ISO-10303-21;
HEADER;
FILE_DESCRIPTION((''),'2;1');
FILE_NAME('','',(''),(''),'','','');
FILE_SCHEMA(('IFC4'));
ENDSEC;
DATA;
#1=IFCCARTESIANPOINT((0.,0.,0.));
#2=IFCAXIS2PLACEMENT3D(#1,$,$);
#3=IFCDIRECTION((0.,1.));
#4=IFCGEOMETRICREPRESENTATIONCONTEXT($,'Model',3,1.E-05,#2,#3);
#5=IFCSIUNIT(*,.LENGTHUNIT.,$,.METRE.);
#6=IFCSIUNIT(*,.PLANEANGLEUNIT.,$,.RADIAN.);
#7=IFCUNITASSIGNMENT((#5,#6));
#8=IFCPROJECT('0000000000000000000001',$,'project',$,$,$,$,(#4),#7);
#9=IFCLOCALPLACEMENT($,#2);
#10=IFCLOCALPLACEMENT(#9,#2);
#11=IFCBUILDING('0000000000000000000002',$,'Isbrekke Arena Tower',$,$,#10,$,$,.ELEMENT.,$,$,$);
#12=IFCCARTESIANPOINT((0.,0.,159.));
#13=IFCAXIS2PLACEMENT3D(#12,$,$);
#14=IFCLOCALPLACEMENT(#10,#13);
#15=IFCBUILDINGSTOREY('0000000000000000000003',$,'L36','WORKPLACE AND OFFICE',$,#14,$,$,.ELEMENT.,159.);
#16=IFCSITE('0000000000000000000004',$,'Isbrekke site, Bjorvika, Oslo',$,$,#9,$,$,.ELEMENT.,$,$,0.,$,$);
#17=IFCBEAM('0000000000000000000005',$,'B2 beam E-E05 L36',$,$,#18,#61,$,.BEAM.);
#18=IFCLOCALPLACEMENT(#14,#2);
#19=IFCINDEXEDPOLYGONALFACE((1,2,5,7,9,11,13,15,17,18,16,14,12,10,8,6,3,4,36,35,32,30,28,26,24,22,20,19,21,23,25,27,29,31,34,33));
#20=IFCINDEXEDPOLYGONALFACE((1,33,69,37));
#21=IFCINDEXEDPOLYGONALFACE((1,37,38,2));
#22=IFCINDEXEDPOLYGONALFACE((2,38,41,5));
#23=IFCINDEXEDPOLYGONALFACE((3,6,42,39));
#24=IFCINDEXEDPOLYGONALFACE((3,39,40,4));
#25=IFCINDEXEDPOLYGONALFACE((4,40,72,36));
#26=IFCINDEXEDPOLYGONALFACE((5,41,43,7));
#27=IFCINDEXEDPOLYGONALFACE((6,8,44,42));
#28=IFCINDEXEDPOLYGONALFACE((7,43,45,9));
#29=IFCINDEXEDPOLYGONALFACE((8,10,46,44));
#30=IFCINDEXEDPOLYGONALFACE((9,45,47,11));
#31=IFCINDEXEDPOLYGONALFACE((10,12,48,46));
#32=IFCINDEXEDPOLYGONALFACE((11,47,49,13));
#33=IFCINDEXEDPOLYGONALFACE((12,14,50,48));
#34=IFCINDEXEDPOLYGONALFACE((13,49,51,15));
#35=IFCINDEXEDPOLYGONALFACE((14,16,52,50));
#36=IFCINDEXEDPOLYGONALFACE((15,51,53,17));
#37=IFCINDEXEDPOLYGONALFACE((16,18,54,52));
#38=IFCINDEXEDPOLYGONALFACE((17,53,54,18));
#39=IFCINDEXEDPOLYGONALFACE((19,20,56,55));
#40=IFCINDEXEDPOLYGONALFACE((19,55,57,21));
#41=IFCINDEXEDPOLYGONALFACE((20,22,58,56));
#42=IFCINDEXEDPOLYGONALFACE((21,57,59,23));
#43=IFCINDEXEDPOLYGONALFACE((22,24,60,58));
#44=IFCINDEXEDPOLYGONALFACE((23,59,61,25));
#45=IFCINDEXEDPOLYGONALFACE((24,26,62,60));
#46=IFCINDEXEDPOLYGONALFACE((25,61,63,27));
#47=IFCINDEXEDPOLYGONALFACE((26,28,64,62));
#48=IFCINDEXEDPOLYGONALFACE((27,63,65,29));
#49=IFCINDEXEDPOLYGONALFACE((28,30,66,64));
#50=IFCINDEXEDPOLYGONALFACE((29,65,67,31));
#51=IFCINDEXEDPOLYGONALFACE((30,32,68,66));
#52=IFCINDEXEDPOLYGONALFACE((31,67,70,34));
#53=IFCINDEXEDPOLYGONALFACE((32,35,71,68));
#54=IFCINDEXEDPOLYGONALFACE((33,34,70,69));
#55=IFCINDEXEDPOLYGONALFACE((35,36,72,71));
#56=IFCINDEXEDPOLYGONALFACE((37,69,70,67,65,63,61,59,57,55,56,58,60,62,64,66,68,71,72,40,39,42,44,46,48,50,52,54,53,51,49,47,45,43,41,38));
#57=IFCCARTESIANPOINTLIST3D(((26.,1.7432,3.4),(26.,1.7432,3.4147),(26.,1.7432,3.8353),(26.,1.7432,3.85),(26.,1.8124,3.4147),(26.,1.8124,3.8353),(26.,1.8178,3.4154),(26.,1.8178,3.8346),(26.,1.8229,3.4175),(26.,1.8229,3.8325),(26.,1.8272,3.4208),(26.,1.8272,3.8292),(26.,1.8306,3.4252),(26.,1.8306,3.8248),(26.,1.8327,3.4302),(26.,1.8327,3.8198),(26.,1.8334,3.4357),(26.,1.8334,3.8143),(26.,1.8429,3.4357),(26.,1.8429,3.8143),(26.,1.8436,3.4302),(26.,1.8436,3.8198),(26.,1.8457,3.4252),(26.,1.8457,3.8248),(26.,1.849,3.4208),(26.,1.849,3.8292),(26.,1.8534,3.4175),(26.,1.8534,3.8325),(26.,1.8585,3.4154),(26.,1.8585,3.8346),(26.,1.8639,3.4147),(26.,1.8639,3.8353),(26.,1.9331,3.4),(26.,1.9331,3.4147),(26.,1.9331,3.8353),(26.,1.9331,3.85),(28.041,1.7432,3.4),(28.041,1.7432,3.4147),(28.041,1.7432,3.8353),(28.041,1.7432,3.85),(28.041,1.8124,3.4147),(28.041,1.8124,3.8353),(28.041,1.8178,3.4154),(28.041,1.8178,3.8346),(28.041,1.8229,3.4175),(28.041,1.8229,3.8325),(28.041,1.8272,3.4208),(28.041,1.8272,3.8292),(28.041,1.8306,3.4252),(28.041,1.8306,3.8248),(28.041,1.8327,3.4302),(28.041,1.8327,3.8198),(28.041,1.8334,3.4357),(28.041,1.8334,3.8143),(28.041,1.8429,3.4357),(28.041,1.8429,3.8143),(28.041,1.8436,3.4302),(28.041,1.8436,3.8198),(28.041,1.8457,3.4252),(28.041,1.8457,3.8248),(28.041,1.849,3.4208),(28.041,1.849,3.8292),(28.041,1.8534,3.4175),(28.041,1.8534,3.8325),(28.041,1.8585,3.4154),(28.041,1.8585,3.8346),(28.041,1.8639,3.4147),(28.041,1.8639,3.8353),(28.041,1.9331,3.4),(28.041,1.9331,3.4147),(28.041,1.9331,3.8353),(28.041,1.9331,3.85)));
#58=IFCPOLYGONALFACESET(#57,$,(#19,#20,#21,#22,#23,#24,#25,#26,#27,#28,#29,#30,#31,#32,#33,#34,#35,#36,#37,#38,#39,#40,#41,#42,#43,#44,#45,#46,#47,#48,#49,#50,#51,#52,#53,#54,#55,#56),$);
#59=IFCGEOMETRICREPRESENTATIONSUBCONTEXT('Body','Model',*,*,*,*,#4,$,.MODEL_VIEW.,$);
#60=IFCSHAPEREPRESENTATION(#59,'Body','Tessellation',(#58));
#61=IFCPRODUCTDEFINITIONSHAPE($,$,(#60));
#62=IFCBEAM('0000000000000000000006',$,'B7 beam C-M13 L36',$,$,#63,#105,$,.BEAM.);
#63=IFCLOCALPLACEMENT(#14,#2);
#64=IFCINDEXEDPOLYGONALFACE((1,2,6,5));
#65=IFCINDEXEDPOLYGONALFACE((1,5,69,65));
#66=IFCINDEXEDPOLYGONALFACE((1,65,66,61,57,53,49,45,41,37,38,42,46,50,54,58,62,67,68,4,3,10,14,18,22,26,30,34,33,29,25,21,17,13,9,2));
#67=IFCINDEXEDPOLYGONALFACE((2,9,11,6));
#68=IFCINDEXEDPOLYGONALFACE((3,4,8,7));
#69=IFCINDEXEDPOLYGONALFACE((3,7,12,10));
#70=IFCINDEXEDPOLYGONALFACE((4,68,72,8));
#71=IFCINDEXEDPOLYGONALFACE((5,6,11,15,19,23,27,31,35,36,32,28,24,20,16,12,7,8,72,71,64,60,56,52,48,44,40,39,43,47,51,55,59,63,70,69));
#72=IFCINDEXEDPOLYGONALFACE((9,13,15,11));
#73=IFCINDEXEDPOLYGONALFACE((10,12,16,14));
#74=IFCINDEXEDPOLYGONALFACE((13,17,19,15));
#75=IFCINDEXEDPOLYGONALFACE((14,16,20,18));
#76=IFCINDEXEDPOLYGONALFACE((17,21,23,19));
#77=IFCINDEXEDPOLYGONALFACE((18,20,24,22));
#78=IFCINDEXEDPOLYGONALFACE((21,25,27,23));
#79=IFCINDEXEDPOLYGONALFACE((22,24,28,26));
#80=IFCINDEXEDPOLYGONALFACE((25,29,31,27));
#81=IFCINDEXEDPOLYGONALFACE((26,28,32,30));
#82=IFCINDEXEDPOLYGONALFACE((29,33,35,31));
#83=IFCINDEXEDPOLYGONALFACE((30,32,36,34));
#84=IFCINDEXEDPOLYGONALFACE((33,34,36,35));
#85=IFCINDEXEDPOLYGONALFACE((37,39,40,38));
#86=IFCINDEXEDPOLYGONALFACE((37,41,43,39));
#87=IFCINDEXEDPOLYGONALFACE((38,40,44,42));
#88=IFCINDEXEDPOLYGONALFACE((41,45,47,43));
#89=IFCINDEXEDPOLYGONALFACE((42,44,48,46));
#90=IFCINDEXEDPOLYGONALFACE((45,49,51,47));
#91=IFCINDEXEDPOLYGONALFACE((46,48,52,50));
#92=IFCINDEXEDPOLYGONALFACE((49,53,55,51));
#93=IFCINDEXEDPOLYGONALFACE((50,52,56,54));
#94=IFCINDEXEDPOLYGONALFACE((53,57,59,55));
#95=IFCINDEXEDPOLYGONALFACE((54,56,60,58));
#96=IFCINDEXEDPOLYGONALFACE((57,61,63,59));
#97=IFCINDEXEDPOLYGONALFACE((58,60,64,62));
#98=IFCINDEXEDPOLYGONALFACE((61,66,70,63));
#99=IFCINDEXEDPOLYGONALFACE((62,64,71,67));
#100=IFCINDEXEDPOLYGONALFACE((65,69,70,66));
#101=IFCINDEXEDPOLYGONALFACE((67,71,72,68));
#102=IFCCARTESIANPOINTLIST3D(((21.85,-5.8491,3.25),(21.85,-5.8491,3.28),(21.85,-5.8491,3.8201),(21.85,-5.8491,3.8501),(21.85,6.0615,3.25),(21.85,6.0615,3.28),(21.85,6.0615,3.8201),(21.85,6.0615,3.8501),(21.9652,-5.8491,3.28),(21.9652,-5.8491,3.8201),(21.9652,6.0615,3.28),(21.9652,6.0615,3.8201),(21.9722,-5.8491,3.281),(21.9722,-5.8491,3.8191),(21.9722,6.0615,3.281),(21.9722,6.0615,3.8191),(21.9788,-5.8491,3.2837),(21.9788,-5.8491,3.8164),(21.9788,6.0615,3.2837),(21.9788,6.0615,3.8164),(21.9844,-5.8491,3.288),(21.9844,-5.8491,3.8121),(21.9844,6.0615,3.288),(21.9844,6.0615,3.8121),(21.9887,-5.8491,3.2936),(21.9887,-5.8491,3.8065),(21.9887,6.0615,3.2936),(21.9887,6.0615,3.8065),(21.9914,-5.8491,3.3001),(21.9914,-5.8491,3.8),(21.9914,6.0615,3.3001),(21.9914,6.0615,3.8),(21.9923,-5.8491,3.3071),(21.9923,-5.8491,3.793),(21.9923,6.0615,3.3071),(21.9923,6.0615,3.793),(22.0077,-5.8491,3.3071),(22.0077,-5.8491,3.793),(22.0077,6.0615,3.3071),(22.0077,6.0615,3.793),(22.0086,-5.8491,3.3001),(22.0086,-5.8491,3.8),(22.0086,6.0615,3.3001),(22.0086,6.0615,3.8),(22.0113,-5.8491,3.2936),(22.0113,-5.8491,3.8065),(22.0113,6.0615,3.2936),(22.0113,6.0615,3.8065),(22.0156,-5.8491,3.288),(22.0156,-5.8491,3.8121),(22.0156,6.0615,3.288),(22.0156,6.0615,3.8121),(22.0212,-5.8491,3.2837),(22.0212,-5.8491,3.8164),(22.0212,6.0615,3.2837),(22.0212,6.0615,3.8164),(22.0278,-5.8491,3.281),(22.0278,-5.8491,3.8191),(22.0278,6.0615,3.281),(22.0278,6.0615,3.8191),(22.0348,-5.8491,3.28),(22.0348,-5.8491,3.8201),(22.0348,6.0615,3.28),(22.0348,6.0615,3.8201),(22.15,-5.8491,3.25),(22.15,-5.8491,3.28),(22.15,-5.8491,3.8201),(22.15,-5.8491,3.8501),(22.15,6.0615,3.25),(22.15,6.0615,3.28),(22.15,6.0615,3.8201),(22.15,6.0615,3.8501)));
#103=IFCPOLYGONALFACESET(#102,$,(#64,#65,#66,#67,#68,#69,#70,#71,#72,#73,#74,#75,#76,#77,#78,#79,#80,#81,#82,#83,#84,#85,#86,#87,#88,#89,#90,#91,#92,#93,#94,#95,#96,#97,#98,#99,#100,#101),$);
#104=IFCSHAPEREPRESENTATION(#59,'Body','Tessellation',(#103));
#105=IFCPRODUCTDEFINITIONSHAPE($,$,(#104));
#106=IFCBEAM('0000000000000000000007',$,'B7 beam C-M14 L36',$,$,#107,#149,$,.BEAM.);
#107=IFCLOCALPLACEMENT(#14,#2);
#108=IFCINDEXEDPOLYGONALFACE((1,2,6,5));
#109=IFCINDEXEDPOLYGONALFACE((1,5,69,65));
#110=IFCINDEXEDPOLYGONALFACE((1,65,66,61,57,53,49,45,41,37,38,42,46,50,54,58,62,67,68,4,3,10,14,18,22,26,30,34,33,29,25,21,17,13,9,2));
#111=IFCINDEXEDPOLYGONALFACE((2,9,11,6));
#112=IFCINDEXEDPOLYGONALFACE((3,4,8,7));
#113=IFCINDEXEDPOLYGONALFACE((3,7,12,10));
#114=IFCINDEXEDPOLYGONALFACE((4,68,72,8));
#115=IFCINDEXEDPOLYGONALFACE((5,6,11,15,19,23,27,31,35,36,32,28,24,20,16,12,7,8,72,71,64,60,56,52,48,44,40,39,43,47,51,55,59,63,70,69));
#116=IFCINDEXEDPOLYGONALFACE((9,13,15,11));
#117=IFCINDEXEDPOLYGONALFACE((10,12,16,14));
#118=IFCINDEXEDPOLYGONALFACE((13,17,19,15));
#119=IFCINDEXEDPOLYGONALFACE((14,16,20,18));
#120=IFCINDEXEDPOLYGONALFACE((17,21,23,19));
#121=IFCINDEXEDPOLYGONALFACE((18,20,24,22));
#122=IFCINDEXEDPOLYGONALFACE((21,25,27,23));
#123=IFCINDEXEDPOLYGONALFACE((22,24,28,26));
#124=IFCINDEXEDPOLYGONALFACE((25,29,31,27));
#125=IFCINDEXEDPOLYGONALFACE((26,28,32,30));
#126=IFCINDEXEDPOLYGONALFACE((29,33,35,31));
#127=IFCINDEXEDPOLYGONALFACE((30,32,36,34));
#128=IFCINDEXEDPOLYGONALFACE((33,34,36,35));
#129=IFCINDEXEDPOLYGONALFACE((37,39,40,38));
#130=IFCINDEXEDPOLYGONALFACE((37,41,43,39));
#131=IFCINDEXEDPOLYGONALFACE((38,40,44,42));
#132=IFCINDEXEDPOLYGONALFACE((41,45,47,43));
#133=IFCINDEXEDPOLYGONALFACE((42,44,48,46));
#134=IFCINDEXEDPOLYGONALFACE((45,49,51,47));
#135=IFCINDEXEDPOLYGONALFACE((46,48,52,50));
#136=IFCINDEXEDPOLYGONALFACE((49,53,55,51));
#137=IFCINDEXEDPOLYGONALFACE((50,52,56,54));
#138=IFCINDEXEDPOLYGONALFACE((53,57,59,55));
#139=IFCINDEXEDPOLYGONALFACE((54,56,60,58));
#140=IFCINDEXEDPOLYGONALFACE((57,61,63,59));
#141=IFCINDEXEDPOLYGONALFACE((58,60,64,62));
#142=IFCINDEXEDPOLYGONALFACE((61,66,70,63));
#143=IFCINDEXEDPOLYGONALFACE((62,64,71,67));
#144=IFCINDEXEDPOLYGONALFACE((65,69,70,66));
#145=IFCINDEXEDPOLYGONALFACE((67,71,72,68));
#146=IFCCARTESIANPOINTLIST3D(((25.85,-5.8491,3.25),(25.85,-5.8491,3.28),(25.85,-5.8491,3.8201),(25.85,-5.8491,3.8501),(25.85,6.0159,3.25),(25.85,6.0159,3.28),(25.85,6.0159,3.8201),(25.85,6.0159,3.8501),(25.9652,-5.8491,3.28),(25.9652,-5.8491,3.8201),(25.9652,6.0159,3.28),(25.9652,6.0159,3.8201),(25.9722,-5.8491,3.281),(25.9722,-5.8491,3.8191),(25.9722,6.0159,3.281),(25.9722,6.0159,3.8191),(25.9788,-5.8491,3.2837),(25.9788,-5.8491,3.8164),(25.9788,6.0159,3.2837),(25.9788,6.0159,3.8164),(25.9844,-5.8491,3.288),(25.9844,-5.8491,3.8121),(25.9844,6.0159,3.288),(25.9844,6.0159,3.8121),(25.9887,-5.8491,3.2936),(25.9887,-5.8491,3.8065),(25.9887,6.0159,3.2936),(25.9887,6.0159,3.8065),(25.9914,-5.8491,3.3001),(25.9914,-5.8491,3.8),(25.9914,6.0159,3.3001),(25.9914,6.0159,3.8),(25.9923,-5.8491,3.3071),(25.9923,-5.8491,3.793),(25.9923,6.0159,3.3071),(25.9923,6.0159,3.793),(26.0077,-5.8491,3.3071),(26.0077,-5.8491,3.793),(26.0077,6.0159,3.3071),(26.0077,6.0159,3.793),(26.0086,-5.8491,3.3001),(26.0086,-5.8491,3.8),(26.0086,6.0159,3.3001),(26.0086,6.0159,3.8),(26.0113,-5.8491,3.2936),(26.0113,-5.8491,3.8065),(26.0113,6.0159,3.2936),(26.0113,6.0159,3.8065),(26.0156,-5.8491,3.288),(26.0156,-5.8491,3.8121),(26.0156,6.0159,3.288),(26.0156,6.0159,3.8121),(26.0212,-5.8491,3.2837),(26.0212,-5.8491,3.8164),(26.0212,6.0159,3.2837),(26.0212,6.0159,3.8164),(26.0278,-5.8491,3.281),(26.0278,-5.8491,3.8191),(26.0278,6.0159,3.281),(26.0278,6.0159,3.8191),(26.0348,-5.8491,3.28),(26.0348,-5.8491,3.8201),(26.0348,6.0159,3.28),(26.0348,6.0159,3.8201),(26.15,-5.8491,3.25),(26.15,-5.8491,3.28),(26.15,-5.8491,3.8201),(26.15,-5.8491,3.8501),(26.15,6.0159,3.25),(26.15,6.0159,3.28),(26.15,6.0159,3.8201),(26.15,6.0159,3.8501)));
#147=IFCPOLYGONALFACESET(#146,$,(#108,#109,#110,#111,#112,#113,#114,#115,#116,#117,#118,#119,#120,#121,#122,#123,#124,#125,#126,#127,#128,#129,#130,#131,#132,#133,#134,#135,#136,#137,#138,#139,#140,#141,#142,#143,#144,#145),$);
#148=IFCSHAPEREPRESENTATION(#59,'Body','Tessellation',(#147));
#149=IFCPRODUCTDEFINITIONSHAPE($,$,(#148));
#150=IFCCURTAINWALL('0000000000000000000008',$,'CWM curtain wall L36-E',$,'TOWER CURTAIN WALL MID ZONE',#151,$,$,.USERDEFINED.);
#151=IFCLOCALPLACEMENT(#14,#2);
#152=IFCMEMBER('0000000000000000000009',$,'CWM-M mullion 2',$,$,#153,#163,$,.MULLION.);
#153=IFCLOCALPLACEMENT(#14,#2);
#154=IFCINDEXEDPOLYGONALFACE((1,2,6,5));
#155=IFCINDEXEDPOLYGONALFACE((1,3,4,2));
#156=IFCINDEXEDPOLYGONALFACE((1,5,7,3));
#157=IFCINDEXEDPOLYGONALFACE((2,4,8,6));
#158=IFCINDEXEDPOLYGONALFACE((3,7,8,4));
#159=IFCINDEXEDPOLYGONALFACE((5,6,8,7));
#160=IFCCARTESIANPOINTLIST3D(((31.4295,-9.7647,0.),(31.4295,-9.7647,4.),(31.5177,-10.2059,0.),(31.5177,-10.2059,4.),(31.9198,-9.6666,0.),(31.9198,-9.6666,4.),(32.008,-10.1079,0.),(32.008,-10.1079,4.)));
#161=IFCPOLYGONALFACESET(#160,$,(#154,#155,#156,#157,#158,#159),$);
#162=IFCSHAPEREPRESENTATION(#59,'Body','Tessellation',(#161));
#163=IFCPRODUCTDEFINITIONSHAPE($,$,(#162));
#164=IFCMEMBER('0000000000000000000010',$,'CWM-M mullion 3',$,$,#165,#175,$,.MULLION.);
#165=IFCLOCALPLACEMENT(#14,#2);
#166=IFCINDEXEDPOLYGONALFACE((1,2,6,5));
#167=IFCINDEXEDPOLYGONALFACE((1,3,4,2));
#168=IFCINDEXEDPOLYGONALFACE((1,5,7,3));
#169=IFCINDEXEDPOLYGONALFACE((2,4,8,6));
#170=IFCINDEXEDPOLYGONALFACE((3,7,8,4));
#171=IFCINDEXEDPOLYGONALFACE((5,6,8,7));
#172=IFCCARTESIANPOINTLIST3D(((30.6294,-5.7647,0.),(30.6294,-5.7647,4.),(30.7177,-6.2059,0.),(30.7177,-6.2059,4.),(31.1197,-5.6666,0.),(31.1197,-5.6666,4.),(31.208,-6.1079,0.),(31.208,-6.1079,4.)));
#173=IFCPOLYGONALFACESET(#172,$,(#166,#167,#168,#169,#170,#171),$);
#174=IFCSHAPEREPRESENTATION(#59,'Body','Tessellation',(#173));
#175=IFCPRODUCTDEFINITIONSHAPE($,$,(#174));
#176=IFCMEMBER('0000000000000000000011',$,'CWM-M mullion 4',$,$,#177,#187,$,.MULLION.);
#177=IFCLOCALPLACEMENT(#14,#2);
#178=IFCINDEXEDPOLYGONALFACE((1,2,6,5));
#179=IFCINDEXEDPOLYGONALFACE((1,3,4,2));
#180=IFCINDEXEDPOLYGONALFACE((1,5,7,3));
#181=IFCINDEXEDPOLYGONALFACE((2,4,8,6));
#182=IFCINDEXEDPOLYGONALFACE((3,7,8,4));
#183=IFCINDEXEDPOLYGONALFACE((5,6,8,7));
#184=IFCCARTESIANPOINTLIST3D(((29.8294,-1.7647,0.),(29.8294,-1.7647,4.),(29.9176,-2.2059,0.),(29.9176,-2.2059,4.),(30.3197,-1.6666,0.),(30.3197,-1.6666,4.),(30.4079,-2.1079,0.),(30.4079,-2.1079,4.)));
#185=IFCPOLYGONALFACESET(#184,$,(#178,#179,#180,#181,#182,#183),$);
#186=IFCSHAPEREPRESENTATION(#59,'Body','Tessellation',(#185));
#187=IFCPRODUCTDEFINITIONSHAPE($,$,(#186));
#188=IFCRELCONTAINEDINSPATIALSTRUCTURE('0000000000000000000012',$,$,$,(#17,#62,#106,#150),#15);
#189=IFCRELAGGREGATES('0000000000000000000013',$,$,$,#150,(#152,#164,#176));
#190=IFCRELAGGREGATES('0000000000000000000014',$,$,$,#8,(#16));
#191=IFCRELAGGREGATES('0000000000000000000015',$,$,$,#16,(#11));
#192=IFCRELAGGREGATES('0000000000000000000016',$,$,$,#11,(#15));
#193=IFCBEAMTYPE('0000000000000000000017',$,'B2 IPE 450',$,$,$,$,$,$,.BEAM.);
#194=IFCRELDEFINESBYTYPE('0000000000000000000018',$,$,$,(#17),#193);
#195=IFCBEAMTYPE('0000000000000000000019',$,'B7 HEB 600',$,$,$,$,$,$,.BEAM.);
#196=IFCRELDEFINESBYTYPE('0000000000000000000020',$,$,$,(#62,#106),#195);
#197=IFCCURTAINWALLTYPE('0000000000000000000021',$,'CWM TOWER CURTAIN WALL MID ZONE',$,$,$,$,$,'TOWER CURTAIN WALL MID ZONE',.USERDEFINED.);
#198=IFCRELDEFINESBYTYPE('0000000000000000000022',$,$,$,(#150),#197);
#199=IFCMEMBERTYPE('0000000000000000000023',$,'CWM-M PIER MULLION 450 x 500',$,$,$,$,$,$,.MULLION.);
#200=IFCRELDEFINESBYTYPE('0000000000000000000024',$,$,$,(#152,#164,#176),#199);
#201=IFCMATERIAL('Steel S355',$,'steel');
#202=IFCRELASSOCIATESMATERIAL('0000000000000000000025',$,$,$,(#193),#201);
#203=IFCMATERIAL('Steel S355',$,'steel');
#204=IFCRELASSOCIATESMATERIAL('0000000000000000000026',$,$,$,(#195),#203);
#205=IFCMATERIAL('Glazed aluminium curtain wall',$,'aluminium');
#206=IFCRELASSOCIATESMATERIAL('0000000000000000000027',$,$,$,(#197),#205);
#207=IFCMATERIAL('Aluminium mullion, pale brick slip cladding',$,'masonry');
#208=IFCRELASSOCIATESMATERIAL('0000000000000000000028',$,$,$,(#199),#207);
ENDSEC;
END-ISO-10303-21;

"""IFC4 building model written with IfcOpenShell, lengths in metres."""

from ifc_helpers import new_model, si_unit, direction, frame, origin, origin_2d, place, context, subcontext, project, spatial, rectangle, i_section, extrude, material, material_profile, profile_set, type_object, element, aggregate, save


model = new_model("IFC4")

# Units and contexts
model_context = context("Model", 3, precision=1e-05, world=origin(), true_north=direction((0.0, 1.0)))
body_context = subcontext(model_context, "Body", "Model", "MODEL_VIEW")
ifc_project = project(units=[si_unit("LENGTHUNIT", "METRE"), si_unit("PLANEANGLEUNIT", "RADIAN")], contexts=[model_context])

# Site, building, storey
site_placement = place(None, origin())
site = spatial("IfcSite", under=ifc_project, at=site_placement, Name="Isbrekke site, Bjorvika, Oslo", CompositionType="ELEMENT", RefElevation=0.0)
building_placement = place(site_placement, origin())
building = spatial("IfcBuilding", under=site, at=building_placement, Name="Isbrekke Arena Tower", CompositionType="ELEMENT")
storey_placement = place(building_placement, frame((0.0, 0.0, 159.0)))
storey = spatial("IfcBuildingStorey", under=building, at=storey_placement, Name="L36", Description="WORKPLACE AND OFFICE", CompositionType="ELEMENT", Elevation=159.0)

# Beams
ifc_material_1 = material(Name="Steel S355", Category="steel")
ifc_material_profile_1 = material_profile(ifc_material_1, i_section(OverallWidth=0.1899, OverallDepth=0.45, WebThickness=0.0095, FlangeThickness=0.0146, FilletRadius=0.021, at=origin_2d()), Name="IPE 450")
ifc_profile_set_1 = profile_set([ifc_material_profile_1], Name="Steel S355")
beam_type_1 = type_object("IfcBeamType", Name="B2 IPE 450", PredefinedType="BEAM", material=ifc_profile_set_1)
beam_1_placement = place(storey_placement, frame((28.041, 1.8381, 3.625), z_axis=(-1.0, 0.0, 0.0), x_axis=(0.0, -1.0, 0.0)))
element("IfcBeam", 1, at=beam_1_placement, inside=storey, type_object=beam_type_1, Name="B2 beam E-E05 L36", PredefinedType="BEAM", context=body_context, shape_type="SweptSolid", body=[
    extrude(i_section(OverallWidth=0.1899, OverallDepth=0.45, WebThickness=0.0095, FlangeThickness=0.0146, FilletRadius=0.021, at=origin_2d()), origin(), (0.0, 0.0, 1.0), 2.041),
])
ifc_material_2 = material(Name="Steel S355", Category="steel")
ifc_material_profile_2 = material_profile(ifc_material_2, i_section(OverallWidth=0.3, OverallDepth=0.6001, WebThickness=0.0154, FlangeThickness=0.03, FilletRadius=0.0271, at=origin_2d()), Name="HEB 600")
ifc_profile_set_2 = profile_set([ifc_material_profile_2], Name="Steel S355")
beam_type_2 = type_object("IfcBeamType", Name="B7 HEB 600", PredefinedType="BEAM", material=ifc_profile_set_2)
beam_2_placement = place(storey_placement, frame((22.0, -5.8491, 3.55), z_axis=(0.0, 1.0, 0.0), x_axis=(-1.0, 0.0, 0.0)))
element("IfcBeam", 2, at=beam_2_placement, inside=storey, type_object=beam_type_2, Name="B7 beam C-M13 L36", PredefinedType="BEAM", context=body_context, shape_type="SweptSolid", body=[
    extrude(i_section(OverallWidth=0.3, OverallDepth=0.6001, WebThickness=0.0154, FlangeThickness=0.03, FilletRadius=0.0271, at=origin_2d()), origin(), (0.0, 0.0, 1.0), 11.9106),
])
beam_3_placement = place(storey_placement, frame((26.0, -5.8491, 3.55), z_axis=(0.0, 1.0, 0.0), x_axis=(-1.0, 0.0, 0.0)))
element("IfcBeam", 3, at=beam_3_placement, inside=storey, type_object=beam_type_2, Name="B7 beam C-M14 L36", PredefinedType="BEAM", context=body_context, shape_type="SweptSolid", body=[
    extrude(i_section(OverallWidth=0.3, OverallDepth=0.6001, WebThickness=0.0154, FlangeThickness=0.03, FilletRadius=0.0271, at=origin_2d()), origin(), (0.0, 0.0, 1.0), 11.865),
])

# Curtain wall, members
ifc_material_3 = material(Name="Glazed aluminium curtain wall", Category="aluminium")
curtain_wall_type = type_object("IfcCurtainWallType", Name="CWM TOWER CURTAIN WALL MID ZONE", ElementType="TOWER CURTAIN WALL MID ZONE", PredefinedType="USERDEFINED", material=ifc_material_3)
curtain_wall_placement = place(storey_placement, origin())
curtain_wall = element("IfcCurtainWall", 4, at=curtain_wall_placement, inside=storey, type_object=curtain_wall_type, Name="CWM curtain wall L36-E", ObjectType="TOWER CURTAIN WALL MID ZONE", PredefinedType="USERDEFINED")
ifc_material_4 = material(Name="Aluminium mullion, pale brick slip cladding", Category="masonry")
ifc_material_profile_3 = material_profile(ifc_material_4, rectangle(XDim=0.45, YDim=0.5, at=origin_2d()), Name="PIER 450X500")
ifc_profile_set_3 = profile_set([ifc_material_profile_3], Name="Aluminium mullion, pale brick slip cladding")
member_type_1 = type_object("IfcMemberType", Name="CWM-M PIER MULLION 450 x 500", PredefinedType="MULLION", material=ifc_profile_set_3)
member_1_placement = place(storey_placement, frame((31.7188, -9.9363, 0.0), z_axis=(0.0, 0.0, 1.0), x_axis=(-0.196116, 0.980581, 0.0)))
member_1 = element("IfcMember", 5, at=member_1_placement, type_object=member_type_1, Name="CWM-M mullion 2", PredefinedType="MULLION", context=body_context, shape_type="SweptSolid", body=[
    extrude(rectangle(XDim=0.45, YDim=0.5, at=origin_2d()), origin(), (0.0, 0.0, 1.0), 4.0),
])
member_2_placement = place(storey_placement, frame((30.9187, -5.9363, 0.0), z_axis=(0.0, 0.0, 1.0), x_axis=(-0.196116, 0.980581, 0.0)))
member_2 = element("IfcMember", 6, at=member_2_placement, type_object=member_type_1, Name="CWM-M mullion 3", PredefinedType="MULLION", context=body_context, shape_type="SweptSolid", body=[
    extrude(rectangle(XDim=0.45, YDim=0.5, at=origin_2d()), origin(), (0.0, 0.0, 1.0), 4.0),
])
member_3_placement = place(storey_placement, frame((30.1187, -1.9363, 0.0), z_axis=(0.0, 0.0, 1.0), x_axis=(-0.196116, 0.980581, 0.0)))
member_3 = element("IfcMember", 7, at=member_3_placement, type_object=member_type_1, Name="CWM-M mullion 4", PredefinedType="MULLION", context=body_context, shape_type="SweptSolid", body=[
    extrude(rectangle(XDim=0.45, YDim=0.5, at=origin_2d()), origin(), (0.0, 0.0, 1.0), 4.0),
])

aggregate(curtain_wall, [member_1, member_2, member_3])

save(model, "model.ifc")
